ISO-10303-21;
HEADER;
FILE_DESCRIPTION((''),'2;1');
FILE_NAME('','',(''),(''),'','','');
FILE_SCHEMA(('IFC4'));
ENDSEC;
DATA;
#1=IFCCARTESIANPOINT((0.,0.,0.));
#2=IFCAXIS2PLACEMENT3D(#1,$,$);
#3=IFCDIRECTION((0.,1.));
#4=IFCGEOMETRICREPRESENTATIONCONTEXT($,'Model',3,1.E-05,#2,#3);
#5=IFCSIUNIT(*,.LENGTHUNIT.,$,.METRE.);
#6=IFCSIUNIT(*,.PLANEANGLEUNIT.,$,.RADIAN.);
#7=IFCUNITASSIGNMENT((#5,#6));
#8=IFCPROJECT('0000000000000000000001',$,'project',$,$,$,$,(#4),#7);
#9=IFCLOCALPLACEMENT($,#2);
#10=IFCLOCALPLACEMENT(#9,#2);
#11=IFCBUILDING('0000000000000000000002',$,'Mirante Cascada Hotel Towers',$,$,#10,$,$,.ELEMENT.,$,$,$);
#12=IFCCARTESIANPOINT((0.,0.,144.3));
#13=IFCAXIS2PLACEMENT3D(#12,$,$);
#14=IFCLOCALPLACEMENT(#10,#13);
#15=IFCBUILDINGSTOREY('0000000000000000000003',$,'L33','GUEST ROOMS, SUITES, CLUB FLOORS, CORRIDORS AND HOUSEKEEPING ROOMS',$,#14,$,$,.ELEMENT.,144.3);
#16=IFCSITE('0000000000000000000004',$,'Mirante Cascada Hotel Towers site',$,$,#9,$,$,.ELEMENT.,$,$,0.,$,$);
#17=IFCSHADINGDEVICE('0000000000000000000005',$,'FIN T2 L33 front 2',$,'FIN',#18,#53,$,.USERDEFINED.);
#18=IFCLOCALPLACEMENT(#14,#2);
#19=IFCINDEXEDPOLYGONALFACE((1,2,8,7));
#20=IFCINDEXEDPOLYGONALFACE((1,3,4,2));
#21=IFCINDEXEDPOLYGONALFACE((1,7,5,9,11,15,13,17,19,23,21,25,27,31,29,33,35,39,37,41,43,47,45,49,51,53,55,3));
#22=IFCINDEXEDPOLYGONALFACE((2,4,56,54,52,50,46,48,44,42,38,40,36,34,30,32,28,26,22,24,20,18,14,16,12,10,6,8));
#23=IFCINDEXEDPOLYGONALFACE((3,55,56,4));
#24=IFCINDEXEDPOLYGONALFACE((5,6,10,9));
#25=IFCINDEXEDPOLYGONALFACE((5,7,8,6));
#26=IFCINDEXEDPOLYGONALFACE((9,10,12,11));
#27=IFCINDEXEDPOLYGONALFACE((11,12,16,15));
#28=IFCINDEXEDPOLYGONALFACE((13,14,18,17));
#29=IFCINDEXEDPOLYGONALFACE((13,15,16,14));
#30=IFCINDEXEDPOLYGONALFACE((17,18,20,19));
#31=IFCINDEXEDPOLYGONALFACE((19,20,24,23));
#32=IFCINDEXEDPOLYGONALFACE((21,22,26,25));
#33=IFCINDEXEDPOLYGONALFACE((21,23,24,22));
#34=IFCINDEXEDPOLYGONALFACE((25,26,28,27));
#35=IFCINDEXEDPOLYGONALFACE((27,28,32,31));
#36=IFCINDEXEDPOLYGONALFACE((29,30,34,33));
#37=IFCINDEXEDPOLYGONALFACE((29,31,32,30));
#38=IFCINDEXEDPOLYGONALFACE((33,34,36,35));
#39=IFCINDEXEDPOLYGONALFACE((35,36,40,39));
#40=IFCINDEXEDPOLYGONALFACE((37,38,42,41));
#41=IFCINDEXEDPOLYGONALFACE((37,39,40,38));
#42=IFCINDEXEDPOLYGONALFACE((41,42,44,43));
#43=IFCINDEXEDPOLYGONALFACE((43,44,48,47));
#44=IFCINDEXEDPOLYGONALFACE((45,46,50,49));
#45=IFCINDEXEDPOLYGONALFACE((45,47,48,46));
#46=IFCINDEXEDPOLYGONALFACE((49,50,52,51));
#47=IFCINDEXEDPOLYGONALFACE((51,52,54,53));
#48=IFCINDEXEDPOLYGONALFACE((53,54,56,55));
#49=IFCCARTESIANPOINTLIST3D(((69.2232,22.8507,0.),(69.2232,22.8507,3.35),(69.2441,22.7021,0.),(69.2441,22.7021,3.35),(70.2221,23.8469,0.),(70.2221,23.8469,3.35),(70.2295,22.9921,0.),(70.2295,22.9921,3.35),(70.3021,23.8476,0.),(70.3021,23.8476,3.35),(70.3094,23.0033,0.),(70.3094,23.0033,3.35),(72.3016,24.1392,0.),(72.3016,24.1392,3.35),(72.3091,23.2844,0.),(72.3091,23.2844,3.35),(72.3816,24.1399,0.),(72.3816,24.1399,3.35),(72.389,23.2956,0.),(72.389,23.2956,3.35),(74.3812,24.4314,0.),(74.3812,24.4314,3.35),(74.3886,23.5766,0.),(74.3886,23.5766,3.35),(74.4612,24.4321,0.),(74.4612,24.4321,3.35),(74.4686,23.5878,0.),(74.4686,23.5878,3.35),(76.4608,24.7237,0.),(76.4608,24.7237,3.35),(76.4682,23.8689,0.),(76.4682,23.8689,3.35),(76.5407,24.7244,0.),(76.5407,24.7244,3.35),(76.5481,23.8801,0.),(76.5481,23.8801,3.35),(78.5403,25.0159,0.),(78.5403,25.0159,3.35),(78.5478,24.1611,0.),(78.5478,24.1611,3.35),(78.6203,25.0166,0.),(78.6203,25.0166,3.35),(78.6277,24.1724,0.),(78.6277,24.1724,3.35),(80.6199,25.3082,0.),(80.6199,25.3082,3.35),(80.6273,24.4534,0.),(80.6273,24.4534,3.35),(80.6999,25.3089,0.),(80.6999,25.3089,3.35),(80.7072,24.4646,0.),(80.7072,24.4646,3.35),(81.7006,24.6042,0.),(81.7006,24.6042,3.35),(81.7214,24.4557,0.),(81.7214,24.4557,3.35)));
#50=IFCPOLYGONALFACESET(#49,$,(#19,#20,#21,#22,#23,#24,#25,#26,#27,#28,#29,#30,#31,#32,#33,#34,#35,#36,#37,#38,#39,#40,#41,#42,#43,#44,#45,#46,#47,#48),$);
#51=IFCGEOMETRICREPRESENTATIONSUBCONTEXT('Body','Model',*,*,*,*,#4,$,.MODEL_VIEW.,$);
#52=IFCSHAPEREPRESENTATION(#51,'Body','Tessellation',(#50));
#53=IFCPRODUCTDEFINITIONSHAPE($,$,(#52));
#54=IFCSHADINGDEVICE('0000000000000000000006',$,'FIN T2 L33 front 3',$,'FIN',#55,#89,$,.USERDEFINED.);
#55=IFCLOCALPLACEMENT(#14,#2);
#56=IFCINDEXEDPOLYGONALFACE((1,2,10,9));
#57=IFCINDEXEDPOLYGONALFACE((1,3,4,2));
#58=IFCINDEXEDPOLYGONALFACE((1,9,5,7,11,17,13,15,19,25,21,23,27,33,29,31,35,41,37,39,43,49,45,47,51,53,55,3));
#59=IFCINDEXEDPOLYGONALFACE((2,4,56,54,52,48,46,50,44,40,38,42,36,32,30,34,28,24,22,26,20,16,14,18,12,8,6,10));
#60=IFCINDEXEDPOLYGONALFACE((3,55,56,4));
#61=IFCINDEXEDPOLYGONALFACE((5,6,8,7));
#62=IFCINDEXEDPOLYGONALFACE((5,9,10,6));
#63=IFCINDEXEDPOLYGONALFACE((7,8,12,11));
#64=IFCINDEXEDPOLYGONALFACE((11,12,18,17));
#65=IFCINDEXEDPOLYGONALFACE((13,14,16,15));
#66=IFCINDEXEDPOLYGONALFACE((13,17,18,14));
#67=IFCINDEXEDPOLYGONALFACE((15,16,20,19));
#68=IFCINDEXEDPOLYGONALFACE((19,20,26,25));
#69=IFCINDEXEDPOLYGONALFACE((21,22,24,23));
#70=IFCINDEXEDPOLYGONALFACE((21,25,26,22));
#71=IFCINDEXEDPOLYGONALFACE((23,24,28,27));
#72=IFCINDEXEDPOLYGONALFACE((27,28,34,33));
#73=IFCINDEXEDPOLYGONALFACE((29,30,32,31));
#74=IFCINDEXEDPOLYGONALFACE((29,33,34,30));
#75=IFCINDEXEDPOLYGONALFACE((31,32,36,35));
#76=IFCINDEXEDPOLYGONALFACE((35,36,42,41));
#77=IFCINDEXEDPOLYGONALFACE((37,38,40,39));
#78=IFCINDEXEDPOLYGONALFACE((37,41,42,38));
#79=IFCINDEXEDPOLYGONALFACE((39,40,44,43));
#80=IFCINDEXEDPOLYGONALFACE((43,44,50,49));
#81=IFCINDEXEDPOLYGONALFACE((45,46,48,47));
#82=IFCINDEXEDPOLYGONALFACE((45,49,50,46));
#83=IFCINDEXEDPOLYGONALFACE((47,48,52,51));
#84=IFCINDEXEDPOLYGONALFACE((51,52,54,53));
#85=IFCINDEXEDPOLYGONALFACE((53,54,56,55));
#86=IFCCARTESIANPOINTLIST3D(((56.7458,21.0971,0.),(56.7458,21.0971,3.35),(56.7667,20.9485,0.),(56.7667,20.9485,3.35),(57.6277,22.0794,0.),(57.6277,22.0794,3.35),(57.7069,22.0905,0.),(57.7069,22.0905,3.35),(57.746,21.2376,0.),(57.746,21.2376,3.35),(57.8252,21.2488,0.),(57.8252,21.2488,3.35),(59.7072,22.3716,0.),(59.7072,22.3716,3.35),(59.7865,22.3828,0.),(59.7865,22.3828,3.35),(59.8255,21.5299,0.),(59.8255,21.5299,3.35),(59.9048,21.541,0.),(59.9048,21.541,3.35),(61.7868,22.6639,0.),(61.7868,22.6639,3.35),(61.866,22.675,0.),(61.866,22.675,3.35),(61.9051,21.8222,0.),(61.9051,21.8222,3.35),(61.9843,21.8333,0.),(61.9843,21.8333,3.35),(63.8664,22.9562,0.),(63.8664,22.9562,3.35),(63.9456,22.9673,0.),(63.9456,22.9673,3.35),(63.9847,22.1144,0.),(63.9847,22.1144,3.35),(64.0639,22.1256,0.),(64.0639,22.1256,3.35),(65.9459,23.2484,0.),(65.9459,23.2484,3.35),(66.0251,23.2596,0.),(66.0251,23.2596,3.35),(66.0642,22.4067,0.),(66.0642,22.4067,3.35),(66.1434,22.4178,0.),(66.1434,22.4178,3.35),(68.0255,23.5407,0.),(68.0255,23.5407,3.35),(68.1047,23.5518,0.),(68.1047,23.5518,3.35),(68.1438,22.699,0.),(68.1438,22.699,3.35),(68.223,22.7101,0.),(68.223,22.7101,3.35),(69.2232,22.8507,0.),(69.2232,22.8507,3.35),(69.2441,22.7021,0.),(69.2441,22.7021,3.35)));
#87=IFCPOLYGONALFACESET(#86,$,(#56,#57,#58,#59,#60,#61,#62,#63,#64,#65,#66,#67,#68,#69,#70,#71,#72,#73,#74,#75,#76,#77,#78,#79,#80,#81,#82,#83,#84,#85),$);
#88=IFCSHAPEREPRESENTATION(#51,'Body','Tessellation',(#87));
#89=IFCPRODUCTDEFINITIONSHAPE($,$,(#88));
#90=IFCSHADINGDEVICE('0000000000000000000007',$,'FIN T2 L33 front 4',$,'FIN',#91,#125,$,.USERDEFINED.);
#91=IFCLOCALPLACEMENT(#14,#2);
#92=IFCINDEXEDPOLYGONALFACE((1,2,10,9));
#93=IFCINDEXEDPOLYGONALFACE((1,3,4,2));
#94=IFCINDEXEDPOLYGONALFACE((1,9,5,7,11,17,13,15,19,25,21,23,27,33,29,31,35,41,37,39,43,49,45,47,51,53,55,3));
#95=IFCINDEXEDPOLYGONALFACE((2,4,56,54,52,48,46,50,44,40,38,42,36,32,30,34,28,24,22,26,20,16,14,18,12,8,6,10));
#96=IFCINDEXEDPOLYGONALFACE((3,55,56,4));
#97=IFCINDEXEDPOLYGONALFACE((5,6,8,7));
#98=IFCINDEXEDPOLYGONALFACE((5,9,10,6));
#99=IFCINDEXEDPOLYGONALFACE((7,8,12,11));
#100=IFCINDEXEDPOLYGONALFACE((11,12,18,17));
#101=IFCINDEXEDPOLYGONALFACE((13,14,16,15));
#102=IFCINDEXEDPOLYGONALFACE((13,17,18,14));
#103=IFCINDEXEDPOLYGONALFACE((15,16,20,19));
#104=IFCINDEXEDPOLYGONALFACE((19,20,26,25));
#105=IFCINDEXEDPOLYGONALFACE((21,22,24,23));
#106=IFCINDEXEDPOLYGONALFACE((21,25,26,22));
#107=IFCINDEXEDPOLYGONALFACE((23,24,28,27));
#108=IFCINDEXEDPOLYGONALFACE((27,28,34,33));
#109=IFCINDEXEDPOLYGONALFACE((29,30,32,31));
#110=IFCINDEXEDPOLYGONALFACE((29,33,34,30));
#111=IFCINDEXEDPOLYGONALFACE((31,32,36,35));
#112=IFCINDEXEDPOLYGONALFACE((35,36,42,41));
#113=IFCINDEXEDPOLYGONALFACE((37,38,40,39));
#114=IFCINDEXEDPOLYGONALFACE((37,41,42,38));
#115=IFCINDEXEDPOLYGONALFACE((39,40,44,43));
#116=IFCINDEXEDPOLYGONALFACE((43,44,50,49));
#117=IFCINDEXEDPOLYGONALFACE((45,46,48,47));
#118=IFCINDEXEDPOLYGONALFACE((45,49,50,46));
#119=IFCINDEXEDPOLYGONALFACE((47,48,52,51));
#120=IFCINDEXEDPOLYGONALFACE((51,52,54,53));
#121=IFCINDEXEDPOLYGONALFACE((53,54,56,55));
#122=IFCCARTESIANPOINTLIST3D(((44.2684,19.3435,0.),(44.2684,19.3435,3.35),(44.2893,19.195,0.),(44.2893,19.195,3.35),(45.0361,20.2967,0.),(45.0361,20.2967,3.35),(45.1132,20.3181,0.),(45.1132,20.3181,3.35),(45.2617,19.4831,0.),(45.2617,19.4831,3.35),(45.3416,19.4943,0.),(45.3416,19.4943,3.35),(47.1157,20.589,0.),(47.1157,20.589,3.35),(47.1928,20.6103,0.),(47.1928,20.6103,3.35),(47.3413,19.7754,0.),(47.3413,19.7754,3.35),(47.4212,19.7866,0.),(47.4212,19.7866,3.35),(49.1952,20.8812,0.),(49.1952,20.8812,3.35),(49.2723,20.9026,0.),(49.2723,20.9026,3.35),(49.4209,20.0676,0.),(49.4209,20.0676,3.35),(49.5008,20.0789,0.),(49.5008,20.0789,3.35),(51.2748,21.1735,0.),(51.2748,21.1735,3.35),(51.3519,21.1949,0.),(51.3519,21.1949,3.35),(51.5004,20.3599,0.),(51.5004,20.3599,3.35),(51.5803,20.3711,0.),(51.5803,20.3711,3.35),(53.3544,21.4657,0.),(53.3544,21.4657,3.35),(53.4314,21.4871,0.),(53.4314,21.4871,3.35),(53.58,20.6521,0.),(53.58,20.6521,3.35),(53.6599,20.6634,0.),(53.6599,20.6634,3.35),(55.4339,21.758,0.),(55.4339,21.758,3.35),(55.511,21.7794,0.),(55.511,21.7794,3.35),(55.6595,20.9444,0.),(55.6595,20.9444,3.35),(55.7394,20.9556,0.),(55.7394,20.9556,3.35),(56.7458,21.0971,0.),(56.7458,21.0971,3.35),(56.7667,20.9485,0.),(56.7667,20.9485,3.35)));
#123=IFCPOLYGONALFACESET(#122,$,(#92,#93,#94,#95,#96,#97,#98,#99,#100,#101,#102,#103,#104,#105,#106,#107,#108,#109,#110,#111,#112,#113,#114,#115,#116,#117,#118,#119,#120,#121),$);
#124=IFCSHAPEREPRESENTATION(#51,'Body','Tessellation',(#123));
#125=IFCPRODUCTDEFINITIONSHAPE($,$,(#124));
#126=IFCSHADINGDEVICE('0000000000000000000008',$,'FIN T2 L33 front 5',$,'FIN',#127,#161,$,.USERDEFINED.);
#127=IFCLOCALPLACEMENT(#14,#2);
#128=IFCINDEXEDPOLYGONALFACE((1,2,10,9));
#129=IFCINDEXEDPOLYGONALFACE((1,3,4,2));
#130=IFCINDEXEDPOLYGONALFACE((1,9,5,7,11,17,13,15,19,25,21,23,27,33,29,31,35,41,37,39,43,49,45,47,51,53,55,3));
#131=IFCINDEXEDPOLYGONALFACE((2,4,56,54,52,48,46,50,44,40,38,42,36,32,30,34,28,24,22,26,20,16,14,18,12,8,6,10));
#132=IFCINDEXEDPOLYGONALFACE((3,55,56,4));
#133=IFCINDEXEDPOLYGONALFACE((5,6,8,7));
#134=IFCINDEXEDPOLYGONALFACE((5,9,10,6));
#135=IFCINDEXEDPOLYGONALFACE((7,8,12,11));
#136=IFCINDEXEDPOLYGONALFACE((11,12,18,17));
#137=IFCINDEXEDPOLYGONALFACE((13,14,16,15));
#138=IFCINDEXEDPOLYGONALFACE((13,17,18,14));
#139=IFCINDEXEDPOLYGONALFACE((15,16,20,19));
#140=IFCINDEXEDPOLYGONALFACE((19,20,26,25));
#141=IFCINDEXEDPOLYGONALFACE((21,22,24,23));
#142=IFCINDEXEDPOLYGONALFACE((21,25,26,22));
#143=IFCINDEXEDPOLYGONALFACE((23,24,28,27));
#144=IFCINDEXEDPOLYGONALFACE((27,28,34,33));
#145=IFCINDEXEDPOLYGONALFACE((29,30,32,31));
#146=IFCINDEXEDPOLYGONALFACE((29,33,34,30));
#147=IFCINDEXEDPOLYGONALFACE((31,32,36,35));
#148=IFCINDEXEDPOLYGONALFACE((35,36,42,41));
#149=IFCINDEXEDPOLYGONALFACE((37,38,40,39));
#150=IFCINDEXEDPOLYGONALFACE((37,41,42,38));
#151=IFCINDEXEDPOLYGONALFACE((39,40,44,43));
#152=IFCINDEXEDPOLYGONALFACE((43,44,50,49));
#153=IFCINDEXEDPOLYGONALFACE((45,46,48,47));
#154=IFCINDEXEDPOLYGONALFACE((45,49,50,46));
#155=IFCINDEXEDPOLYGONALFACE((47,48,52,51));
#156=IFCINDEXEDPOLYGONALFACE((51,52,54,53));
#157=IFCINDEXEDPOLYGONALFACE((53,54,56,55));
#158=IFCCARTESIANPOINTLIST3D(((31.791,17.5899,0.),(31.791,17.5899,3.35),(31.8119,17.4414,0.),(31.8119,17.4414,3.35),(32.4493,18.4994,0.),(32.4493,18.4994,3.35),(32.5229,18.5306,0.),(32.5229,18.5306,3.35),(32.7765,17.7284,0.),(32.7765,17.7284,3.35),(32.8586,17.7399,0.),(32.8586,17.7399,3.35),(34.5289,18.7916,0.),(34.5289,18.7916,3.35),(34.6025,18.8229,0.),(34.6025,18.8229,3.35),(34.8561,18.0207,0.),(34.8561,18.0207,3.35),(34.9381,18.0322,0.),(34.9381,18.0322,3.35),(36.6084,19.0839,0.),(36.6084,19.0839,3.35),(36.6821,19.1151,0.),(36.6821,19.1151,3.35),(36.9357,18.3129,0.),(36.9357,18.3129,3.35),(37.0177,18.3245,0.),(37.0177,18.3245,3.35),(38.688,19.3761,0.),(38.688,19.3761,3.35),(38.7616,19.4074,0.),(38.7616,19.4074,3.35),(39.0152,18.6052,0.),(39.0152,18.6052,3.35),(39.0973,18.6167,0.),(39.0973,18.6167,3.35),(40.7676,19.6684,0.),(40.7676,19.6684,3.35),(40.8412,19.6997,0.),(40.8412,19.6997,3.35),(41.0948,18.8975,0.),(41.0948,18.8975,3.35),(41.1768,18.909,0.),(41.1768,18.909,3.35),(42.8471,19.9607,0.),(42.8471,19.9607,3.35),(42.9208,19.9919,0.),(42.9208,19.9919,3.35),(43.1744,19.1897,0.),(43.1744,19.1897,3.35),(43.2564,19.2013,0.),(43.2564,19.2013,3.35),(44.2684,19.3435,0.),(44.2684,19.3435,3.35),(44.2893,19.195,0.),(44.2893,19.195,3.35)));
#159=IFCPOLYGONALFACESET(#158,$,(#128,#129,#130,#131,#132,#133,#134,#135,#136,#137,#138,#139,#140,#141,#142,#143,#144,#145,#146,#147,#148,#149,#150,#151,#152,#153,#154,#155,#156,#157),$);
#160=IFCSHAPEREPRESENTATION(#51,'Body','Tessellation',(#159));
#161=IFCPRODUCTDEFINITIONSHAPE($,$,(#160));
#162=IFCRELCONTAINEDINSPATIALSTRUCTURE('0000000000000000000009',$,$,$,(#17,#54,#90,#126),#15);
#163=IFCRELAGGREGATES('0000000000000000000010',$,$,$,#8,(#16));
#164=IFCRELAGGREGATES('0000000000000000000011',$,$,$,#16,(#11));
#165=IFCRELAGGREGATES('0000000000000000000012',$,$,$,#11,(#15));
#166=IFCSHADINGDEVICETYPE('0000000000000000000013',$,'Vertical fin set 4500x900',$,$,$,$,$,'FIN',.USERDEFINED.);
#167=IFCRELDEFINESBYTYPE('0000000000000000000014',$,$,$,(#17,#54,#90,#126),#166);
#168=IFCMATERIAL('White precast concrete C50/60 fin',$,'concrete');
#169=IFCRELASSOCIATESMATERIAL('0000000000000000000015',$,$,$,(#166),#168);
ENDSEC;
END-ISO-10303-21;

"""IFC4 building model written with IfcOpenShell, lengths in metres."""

from ifc_helpers import new_model, si_unit, direction, frame, origin, place, context, subcontext, project, spatial, polyline, outline, extrude, material, type_object, element, save


model = new_model("IFC4")

# Units and contexts
model_context = context("Model", 3, precision=1e-05, world=origin(), true_north=direction((0.0, 1.0)))
body_context = subcontext(model_context, "Body", "Model", "MODEL_VIEW")
ifc_project = project(units=[si_unit("LENGTHUNIT", "METRE"), si_unit("PLANEANGLEUNIT", "RADIAN")], contexts=[model_context])

# Site, building, storey
site_placement = place(None, origin())
site = spatial("IfcSite", under=ifc_project, at=site_placement, Name="Mirante Cascada Hotel Towers site", CompositionType="ELEMENT", RefElevation=0.0)
building_placement = place(site_placement, origin())
building = spatial("IfcBuilding", under=site, at=building_placement, Name="Mirante Cascada Hotel Towers", CompositionType="ELEMENT")
storey_placement = place(building_placement, frame((0.0, 0.0, 144.3)))
storey = spatial("IfcBuildingStorey", under=building, at=storey_placement, Name="L33", Description="GUEST ROOMS, SUITES, CLUB FLOORS, CORRIDORS AND HOUSEKEEPING ROOMS", CompositionType="ELEMENT", Elevation=144.3)

# Shading devices
ifc_material_1 = material(Name="White precast concrete C50/60 fin", Category="concrete")
shading_device_type = type_object("IfcShadingDeviceType", Name="Vertical fin set 4500x900", ElementType="FIN", PredefinedType="USERDEFINED", material=ifc_material_1)
shading_device_1_placement = place(storey_placement, origin())
element("IfcShadingDevice", 1, at=shading_device_1_placement, inside=storey, type_object=shading_device_type, Name="FIN T2 L33 front 2", ObjectType="FIN", PredefinedType="USERDEFINED", context=body_context, shape_type="SweptSolid", body=[
    extrude(outline(polyline([(70.3021, 23.8476), (70.3094, 23.0033), (72.3091, 23.2844), (72.3016, 24.1392), (72.3816, 24.1399), (72.389, 23.2956), (74.3886, 23.5766), (74.3812, 24.4314), (74.4612, 24.4321), (74.4686, 23.5878), (76.4682, 23.8689), (76.4608, 24.7237), (76.5407, 24.7244), (76.5481, 23.8801), (78.5478, 24.1611), (78.5403, 25.0159), (78.6203, 25.0166), (78.6277, 24.1724), (80.6273, 24.4534), (80.6199, 25.3082), (80.6999, 25.3089), (80.7072, 24.4646), (81.7006, 24.6042), (81.7214, 24.4557), (69.2441, 22.7021), (69.2232, 22.8507), (70.2295, 22.9921), (70.2221, 23.8469), (70.3021, 23.8476)])), origin(), (0.0, 0.0, 1.0), 3.35),
])
shading_device_2_placement = place(storey_placement, origin())
element("IfcShadingDevice", 2, at=shading_device_2_placement, inside=storey, type_object=shading_device_type, Name="FIN T2 L33 front 3", ObjectType="FIN", PredefinedType="USERDEFINED", context=body_context, shape_type="SweptSolid", body=[
    extrude(outline(polyline([(57.7069, 22.0905), (57.8252, 21.2488), (59.8255, 21.5299), (59.7072, 22.3716), (59.7865, 22.3828), (59.9048, 21.541), (61.9051, 21.8222), (61.7868, 22.6639), (61.866, 22.675), (61.9843, 21.8333), (63.9847, 22.1144), (63.8664, 22.9562), (63.9456, 22.9673), (64.0639, 22.1256), (66.0642, 22.4067), (65.9459, 23.2484), (66.0251, 23.2596), (66.1434, 22.4178), (68.1438, 22.699), (68.0255, 23.5407), (68.1047, 23.5518), (68.223, 22.7101), (69.2232, 22.8507), (69.2441, 22.7021), (56.7667, 20.9485), (56.7458, 21.0971), (57.746, 21.2376), (57.6277, 22.0794), (57.7069, 22.0905)])), origin(), (0.0, 0.0, 1.0), 3.35),
])
shading_device_3_placement = place(storey_placement, origin())
element("IfcShadingDevice", 3, at=shading_device_3_placement, inside=storey, type_object=shading_device_type, Name="FIN T2 L33 front 4", ObjectType="FIN", PredefinedType="USERDEFINED", context=body_context, shape_type="SweptSolid", body=[
    extrude(outline(polyline([(45.1132, 20.3181), (45.3416, 19.4943), (47.3413, 19.7754), (47.1157, 20.589), (47.1928, 20.6103), (47.4212, 19.7866), (49.4209, 20.0676), (49.1952, 20.8812), (49.2723, 20.9026), (49.5008, 20.0789), (51.5004, 20.3599), (51.2748, 21.1735), (51.3519, 21.1949), (51.5803, 20.3711), (53.58, 20.6521), (53.3544, 21.4657), (53.4314, 21.4871), (53.6599, 20.6634), (55.6595, 20.9444), (55.4339, 21.758), (55.511, 21.7794), (55.7394, 20.9556), (56.7458, 21.0971), (56.7667, 20.9485), (44.2893, 19.195), (44.2684, 19.3435), (45.2617, 19.4831), (45.0361, 20.2967), (45.1132, 20.3181)])), origin(), (0.0, 0.0, 1.0), 3.35),
])
shading_device_4_placement = place(storey_placement, origin())
element("IfcShadingDevice", 4, at=shading_device_4_placement, inside=storey, type_object=shading_device_type, Name="FIN T2 L33 front 5", ObjectType="FIN", PredefinedType="USERDEFINED", context=body_context, shape_type="SweptSolid", body=[
    extrude(outline(polyline([(32.5229, 18.5306), (32.8586, 17.7399), (34.8561, 18.0207), (34.5289, 18.7916), (34.6025, 18.8229), (34.9381, 18.0322), (36.9357, 18.3129), (36.6084, 19.0839), (36.6821, 19.1151), (37.0177, 18.3245), (39.0152, 18.6052), (38.688, 19.3761), (38.7616, 19.4074), (39.0973, 18.6167), (41.0948, 18.8975), (40.7676, 19.6684), (40.8412, 19.6997), (41.1768, 18.909), (43.1744, 19.1897), (42.8471, 19.9607), (42.9208, 19.9919), (43.2564, 19.2013), (44.2684, 19.3435), (44.2893, 19.195), (31.8119, 17.4414), (31.791, 17.5899), (32.7765, 17.7284), (32.4493, 18.4994), (32.5229, 18.5306)])), origin(), (0.0, 0.0, 1.0), 3.35),
])

save(model, "model.ifc")
